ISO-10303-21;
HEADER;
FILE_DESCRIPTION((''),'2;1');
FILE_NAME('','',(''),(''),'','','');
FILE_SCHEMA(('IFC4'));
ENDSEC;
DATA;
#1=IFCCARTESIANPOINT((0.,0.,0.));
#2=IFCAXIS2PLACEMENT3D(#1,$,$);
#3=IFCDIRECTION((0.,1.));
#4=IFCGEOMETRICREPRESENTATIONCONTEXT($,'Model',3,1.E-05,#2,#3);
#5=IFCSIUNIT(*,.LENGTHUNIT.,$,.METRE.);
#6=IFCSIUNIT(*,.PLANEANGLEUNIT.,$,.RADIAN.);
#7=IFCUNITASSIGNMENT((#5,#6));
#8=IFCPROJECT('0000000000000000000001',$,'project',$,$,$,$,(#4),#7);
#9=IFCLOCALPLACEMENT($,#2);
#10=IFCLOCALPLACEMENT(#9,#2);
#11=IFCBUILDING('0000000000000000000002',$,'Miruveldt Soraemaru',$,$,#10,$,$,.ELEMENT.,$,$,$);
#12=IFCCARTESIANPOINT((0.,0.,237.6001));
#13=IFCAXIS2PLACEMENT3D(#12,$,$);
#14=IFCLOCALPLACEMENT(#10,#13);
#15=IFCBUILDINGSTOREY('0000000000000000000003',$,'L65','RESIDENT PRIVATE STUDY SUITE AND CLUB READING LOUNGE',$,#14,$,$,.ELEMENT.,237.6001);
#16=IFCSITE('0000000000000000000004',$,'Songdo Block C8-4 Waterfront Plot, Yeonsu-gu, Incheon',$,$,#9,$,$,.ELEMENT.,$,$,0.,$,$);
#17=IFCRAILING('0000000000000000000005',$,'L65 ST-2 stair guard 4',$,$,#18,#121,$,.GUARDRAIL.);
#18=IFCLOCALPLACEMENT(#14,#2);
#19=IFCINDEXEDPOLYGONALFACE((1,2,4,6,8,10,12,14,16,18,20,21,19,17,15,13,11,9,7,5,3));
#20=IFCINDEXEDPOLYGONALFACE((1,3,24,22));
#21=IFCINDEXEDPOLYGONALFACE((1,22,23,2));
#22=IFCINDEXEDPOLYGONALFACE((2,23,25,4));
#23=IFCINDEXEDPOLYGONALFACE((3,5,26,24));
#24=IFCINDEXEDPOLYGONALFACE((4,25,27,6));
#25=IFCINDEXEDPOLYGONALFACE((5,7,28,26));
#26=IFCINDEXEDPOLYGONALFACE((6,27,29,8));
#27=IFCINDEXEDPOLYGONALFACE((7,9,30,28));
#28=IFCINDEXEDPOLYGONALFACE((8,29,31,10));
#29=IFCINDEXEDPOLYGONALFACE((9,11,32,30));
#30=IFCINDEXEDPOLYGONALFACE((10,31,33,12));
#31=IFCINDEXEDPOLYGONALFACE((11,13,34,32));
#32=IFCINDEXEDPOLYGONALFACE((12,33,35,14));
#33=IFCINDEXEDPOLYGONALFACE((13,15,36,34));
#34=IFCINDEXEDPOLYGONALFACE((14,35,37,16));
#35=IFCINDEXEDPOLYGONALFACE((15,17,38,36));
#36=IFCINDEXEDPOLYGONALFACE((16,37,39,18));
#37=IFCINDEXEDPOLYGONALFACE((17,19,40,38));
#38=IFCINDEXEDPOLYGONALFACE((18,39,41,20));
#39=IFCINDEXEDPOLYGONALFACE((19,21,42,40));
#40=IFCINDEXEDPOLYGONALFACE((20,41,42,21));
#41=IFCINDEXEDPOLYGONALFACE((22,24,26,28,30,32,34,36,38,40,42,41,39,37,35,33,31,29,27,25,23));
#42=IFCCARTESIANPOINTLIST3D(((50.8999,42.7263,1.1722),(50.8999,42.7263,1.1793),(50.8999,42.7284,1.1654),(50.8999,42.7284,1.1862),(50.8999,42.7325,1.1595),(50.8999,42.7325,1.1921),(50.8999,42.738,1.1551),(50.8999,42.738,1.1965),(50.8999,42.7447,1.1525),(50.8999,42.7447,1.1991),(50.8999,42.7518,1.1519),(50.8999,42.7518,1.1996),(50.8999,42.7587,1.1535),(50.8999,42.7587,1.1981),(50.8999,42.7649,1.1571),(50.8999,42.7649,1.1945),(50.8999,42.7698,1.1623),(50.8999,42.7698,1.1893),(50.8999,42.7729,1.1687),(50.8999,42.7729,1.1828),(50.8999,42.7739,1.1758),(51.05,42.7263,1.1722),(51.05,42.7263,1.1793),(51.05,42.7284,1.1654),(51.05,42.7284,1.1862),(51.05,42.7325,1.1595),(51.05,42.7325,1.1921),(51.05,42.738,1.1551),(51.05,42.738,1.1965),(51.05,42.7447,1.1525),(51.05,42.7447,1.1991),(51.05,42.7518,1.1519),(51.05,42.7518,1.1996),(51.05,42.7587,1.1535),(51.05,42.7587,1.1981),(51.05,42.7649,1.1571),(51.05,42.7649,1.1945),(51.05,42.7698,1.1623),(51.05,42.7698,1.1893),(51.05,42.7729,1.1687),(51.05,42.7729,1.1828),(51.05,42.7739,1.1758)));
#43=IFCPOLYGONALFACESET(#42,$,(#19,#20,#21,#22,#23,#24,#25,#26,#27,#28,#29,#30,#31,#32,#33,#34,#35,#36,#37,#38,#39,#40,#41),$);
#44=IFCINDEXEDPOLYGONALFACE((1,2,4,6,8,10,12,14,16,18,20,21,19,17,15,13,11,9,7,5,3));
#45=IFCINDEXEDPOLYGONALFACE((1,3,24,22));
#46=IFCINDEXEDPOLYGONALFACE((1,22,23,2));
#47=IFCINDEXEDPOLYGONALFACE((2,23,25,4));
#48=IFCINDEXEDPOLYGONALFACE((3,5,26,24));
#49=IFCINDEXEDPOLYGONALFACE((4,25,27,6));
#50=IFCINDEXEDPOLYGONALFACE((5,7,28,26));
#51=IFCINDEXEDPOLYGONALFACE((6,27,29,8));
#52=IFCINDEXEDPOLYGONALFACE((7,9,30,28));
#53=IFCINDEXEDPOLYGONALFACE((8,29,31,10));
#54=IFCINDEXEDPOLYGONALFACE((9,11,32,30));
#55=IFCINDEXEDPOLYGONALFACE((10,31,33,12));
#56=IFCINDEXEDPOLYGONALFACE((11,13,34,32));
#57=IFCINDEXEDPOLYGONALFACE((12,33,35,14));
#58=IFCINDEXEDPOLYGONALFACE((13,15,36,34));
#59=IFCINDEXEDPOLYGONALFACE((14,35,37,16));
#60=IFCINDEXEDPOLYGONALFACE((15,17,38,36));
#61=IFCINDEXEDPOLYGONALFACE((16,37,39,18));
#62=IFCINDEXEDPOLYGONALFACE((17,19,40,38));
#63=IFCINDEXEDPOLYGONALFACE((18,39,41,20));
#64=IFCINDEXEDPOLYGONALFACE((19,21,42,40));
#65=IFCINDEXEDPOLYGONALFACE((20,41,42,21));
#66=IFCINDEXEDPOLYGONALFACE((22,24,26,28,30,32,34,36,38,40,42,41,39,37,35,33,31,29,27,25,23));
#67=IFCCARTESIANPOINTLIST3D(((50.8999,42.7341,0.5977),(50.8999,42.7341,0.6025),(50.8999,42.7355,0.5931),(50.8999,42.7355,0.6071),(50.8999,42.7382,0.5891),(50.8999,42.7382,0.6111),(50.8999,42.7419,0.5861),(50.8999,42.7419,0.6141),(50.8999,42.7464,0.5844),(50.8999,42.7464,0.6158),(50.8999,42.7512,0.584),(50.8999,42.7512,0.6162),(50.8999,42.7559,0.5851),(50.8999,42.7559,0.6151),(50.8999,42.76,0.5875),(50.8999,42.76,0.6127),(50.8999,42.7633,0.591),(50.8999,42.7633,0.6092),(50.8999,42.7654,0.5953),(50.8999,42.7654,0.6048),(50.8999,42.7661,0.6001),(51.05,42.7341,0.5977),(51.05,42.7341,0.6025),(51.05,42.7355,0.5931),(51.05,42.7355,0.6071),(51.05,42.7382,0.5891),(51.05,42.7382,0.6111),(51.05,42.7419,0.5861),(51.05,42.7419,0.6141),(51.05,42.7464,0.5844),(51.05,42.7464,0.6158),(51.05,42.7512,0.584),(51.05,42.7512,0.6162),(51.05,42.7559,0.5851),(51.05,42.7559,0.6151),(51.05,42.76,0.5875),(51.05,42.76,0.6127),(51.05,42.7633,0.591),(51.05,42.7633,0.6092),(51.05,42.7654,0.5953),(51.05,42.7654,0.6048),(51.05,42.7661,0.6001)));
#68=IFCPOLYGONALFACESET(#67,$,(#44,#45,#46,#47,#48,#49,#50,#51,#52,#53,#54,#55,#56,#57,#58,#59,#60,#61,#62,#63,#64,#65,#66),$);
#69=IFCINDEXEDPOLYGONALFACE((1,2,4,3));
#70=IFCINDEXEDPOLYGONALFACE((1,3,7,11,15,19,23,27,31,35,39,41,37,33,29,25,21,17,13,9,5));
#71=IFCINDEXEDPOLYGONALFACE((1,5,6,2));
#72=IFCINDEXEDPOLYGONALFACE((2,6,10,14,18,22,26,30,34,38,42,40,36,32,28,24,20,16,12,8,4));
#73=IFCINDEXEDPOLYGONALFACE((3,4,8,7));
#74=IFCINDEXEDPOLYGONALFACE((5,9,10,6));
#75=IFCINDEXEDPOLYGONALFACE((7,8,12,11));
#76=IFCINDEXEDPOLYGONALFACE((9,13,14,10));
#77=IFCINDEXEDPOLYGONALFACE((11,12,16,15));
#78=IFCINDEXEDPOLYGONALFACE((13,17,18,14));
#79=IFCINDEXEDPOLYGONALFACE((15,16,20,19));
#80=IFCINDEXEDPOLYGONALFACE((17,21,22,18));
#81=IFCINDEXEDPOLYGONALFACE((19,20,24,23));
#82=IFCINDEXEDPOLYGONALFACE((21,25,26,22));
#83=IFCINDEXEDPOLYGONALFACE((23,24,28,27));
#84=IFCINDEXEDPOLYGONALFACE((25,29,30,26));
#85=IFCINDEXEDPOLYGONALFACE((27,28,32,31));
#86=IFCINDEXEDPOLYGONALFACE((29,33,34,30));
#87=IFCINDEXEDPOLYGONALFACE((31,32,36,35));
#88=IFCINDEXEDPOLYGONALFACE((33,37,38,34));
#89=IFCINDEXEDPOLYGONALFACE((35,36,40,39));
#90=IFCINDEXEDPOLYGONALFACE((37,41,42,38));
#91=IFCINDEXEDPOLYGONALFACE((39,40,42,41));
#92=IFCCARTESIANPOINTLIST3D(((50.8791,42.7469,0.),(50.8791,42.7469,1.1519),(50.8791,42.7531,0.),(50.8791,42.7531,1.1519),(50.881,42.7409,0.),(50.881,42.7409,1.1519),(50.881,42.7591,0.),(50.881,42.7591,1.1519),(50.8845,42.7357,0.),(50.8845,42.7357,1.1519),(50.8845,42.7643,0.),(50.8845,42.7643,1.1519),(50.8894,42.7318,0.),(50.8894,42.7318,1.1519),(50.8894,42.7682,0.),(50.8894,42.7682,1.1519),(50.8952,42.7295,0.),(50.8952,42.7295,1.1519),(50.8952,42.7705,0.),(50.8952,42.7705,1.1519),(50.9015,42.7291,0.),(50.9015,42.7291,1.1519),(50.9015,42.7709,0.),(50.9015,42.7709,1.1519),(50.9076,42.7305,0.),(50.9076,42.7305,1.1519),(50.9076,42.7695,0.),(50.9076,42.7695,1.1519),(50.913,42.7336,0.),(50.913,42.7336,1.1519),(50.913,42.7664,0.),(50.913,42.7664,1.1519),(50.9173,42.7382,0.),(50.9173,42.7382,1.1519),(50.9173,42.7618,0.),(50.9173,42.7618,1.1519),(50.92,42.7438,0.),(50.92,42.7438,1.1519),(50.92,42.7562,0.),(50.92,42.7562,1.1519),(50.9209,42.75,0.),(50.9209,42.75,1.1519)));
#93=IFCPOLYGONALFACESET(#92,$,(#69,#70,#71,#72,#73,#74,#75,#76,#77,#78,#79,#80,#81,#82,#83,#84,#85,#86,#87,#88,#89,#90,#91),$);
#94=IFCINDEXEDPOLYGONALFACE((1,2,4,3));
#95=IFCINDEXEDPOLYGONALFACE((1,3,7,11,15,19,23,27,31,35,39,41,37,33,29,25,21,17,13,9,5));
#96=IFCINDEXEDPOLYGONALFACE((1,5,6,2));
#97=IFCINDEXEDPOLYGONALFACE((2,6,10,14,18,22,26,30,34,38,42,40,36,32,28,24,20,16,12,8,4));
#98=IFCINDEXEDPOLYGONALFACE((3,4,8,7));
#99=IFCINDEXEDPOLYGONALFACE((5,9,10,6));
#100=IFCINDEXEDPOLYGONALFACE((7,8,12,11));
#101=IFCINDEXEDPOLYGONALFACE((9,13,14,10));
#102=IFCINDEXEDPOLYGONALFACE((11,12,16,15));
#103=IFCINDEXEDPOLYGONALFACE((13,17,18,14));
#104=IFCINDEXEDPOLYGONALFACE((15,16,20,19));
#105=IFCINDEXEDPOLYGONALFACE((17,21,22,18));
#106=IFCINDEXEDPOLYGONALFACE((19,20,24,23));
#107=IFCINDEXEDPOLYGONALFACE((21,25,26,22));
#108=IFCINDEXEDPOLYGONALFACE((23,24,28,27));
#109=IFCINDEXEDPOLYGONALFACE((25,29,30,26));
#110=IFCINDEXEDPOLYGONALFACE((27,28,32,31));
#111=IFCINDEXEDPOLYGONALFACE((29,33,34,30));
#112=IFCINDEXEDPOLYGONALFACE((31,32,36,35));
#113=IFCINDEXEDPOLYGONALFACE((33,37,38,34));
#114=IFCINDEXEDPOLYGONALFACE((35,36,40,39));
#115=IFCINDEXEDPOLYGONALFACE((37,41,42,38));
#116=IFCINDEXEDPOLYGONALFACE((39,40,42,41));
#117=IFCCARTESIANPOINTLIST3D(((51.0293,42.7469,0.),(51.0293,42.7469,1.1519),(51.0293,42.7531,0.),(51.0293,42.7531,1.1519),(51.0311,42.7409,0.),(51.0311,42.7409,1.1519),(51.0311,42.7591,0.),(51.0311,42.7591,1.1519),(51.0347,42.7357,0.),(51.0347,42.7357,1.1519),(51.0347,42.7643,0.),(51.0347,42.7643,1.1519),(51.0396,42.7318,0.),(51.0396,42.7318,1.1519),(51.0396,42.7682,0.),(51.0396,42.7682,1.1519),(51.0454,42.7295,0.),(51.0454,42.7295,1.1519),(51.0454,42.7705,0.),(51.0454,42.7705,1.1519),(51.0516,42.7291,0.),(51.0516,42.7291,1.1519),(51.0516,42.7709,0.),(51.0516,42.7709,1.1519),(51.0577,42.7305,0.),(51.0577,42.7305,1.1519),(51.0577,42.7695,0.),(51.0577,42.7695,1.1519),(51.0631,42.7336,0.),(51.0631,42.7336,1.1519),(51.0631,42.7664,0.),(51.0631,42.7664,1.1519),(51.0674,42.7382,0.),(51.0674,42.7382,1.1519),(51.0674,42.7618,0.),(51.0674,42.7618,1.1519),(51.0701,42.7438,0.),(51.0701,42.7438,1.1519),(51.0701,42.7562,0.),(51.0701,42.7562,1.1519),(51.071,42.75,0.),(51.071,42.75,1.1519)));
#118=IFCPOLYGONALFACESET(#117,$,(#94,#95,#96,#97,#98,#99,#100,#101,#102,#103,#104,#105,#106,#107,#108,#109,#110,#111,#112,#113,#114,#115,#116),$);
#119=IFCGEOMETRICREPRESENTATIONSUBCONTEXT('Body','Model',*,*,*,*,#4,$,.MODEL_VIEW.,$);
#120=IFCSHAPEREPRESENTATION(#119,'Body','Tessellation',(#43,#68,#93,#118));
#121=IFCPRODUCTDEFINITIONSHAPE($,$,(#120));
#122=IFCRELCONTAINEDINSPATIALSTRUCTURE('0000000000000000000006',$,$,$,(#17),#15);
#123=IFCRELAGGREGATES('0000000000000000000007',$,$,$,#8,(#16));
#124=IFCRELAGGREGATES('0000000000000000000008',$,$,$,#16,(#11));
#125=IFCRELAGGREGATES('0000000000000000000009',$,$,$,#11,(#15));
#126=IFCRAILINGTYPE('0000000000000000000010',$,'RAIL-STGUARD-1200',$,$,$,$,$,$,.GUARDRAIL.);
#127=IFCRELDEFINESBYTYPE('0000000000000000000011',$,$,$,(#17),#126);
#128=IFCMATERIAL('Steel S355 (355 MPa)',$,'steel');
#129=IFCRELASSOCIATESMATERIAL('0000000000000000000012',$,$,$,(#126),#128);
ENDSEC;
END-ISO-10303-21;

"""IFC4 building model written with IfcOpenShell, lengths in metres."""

from ifc_helpers import new_model, si_unit, direction, frame, origin, origin_2d, place, context, subcontext, project, spatial, circle, extrude, material, type_object, element, save


model = new_model("IFC4")

# Units and contexts
model_context = context("Model", 3, precision=1e-05, world=origin(), true_north=direction((0.0, 1.0)))
body_context = subcontext(model_context, "Body", "Model", "MODEL_VIEW")
ifc_project = project(units=[si_unit("LENGTHUNIT", "METRE"), si_unit("PLANEANGLEUNIT", "RADIAN")], contexts=[model_context])

# Site, building, storey
site_placement = place(None, origin())
site = spatial("IfcSite", under=ifc_project, at=site_placement, Name="Songdo Block C8-4 Waterfront Plot, Yeonsu-gu, Incheon", CompositionType="ELEMENT", RefElevation=0.0)
building_placement = place(site_placement, origin())
building = spatial("IfcBuilding", under=site, at=building_placement, Name="Miruveldt Soraemaru", CompositionType="ELEMENT")
storey_placement = place(building_placement, frame((0.0, 0.0, 237.6001)))
storey = spatial("IfcBuildingStorey", under=building, at=storey_placement, Name="L65", Description="RESIDENT PRIVATE STUDY SUITE AND CLUB READING LOUNGE", CompositionType="ELEMENT", Elevation=237.6001)

# Railing
ifc_material_1 = material(Name="Steel S355 (355 MPa)", Category="steel")
railing_type_1 = type_object("IfcRailingType", Name="RAIL-STGUARD-1200", PredefinedType="GUARDRAIL", material=ifc_material_1)
railing_1_placement = place(storey_placement, frame((50.8999, 42.75, 0.0)))
element("IfcRailing", 1, at=railing_1_placement, inside=storey, type_object=railing_type_1, Name="L65 ST-2 stair guard 4", PredefinedType="GUARDRAIL", context=body_context, shape_type="SweptSolid", body=[
    extrude(circle(Radius=0.0239, at=origin_2d()), frame((0.0, 0.0, 1.1758), z_axis=(1.0, 0.0, 0.0), x_axis=(0.0, 1.0, 0.0)), (0.0, 0.0, 1.0), 0.1501),
    extrude(circle(Radius=0.0161, at=origin_2d()), frame((0.0, 0.0, 0.6001), z_axis=(1.0, 0.0, 0.0), x_axis=(0.0, 1.0, 0.0)), (0.0, 0.0, 1.0), 0.1501),
    extrude(circle(Radius=0.021, at=origin_2d()), origin(), (0.0, 0.0, 1.0), 1.1519),
    extrude(circle(Radius=0.021, at=origin_2d()), frame((0.1501, 0.0, 0.0)), (0.0, 0.0, 1.0), 1.1519),
])

save(model, "model.ifc")
